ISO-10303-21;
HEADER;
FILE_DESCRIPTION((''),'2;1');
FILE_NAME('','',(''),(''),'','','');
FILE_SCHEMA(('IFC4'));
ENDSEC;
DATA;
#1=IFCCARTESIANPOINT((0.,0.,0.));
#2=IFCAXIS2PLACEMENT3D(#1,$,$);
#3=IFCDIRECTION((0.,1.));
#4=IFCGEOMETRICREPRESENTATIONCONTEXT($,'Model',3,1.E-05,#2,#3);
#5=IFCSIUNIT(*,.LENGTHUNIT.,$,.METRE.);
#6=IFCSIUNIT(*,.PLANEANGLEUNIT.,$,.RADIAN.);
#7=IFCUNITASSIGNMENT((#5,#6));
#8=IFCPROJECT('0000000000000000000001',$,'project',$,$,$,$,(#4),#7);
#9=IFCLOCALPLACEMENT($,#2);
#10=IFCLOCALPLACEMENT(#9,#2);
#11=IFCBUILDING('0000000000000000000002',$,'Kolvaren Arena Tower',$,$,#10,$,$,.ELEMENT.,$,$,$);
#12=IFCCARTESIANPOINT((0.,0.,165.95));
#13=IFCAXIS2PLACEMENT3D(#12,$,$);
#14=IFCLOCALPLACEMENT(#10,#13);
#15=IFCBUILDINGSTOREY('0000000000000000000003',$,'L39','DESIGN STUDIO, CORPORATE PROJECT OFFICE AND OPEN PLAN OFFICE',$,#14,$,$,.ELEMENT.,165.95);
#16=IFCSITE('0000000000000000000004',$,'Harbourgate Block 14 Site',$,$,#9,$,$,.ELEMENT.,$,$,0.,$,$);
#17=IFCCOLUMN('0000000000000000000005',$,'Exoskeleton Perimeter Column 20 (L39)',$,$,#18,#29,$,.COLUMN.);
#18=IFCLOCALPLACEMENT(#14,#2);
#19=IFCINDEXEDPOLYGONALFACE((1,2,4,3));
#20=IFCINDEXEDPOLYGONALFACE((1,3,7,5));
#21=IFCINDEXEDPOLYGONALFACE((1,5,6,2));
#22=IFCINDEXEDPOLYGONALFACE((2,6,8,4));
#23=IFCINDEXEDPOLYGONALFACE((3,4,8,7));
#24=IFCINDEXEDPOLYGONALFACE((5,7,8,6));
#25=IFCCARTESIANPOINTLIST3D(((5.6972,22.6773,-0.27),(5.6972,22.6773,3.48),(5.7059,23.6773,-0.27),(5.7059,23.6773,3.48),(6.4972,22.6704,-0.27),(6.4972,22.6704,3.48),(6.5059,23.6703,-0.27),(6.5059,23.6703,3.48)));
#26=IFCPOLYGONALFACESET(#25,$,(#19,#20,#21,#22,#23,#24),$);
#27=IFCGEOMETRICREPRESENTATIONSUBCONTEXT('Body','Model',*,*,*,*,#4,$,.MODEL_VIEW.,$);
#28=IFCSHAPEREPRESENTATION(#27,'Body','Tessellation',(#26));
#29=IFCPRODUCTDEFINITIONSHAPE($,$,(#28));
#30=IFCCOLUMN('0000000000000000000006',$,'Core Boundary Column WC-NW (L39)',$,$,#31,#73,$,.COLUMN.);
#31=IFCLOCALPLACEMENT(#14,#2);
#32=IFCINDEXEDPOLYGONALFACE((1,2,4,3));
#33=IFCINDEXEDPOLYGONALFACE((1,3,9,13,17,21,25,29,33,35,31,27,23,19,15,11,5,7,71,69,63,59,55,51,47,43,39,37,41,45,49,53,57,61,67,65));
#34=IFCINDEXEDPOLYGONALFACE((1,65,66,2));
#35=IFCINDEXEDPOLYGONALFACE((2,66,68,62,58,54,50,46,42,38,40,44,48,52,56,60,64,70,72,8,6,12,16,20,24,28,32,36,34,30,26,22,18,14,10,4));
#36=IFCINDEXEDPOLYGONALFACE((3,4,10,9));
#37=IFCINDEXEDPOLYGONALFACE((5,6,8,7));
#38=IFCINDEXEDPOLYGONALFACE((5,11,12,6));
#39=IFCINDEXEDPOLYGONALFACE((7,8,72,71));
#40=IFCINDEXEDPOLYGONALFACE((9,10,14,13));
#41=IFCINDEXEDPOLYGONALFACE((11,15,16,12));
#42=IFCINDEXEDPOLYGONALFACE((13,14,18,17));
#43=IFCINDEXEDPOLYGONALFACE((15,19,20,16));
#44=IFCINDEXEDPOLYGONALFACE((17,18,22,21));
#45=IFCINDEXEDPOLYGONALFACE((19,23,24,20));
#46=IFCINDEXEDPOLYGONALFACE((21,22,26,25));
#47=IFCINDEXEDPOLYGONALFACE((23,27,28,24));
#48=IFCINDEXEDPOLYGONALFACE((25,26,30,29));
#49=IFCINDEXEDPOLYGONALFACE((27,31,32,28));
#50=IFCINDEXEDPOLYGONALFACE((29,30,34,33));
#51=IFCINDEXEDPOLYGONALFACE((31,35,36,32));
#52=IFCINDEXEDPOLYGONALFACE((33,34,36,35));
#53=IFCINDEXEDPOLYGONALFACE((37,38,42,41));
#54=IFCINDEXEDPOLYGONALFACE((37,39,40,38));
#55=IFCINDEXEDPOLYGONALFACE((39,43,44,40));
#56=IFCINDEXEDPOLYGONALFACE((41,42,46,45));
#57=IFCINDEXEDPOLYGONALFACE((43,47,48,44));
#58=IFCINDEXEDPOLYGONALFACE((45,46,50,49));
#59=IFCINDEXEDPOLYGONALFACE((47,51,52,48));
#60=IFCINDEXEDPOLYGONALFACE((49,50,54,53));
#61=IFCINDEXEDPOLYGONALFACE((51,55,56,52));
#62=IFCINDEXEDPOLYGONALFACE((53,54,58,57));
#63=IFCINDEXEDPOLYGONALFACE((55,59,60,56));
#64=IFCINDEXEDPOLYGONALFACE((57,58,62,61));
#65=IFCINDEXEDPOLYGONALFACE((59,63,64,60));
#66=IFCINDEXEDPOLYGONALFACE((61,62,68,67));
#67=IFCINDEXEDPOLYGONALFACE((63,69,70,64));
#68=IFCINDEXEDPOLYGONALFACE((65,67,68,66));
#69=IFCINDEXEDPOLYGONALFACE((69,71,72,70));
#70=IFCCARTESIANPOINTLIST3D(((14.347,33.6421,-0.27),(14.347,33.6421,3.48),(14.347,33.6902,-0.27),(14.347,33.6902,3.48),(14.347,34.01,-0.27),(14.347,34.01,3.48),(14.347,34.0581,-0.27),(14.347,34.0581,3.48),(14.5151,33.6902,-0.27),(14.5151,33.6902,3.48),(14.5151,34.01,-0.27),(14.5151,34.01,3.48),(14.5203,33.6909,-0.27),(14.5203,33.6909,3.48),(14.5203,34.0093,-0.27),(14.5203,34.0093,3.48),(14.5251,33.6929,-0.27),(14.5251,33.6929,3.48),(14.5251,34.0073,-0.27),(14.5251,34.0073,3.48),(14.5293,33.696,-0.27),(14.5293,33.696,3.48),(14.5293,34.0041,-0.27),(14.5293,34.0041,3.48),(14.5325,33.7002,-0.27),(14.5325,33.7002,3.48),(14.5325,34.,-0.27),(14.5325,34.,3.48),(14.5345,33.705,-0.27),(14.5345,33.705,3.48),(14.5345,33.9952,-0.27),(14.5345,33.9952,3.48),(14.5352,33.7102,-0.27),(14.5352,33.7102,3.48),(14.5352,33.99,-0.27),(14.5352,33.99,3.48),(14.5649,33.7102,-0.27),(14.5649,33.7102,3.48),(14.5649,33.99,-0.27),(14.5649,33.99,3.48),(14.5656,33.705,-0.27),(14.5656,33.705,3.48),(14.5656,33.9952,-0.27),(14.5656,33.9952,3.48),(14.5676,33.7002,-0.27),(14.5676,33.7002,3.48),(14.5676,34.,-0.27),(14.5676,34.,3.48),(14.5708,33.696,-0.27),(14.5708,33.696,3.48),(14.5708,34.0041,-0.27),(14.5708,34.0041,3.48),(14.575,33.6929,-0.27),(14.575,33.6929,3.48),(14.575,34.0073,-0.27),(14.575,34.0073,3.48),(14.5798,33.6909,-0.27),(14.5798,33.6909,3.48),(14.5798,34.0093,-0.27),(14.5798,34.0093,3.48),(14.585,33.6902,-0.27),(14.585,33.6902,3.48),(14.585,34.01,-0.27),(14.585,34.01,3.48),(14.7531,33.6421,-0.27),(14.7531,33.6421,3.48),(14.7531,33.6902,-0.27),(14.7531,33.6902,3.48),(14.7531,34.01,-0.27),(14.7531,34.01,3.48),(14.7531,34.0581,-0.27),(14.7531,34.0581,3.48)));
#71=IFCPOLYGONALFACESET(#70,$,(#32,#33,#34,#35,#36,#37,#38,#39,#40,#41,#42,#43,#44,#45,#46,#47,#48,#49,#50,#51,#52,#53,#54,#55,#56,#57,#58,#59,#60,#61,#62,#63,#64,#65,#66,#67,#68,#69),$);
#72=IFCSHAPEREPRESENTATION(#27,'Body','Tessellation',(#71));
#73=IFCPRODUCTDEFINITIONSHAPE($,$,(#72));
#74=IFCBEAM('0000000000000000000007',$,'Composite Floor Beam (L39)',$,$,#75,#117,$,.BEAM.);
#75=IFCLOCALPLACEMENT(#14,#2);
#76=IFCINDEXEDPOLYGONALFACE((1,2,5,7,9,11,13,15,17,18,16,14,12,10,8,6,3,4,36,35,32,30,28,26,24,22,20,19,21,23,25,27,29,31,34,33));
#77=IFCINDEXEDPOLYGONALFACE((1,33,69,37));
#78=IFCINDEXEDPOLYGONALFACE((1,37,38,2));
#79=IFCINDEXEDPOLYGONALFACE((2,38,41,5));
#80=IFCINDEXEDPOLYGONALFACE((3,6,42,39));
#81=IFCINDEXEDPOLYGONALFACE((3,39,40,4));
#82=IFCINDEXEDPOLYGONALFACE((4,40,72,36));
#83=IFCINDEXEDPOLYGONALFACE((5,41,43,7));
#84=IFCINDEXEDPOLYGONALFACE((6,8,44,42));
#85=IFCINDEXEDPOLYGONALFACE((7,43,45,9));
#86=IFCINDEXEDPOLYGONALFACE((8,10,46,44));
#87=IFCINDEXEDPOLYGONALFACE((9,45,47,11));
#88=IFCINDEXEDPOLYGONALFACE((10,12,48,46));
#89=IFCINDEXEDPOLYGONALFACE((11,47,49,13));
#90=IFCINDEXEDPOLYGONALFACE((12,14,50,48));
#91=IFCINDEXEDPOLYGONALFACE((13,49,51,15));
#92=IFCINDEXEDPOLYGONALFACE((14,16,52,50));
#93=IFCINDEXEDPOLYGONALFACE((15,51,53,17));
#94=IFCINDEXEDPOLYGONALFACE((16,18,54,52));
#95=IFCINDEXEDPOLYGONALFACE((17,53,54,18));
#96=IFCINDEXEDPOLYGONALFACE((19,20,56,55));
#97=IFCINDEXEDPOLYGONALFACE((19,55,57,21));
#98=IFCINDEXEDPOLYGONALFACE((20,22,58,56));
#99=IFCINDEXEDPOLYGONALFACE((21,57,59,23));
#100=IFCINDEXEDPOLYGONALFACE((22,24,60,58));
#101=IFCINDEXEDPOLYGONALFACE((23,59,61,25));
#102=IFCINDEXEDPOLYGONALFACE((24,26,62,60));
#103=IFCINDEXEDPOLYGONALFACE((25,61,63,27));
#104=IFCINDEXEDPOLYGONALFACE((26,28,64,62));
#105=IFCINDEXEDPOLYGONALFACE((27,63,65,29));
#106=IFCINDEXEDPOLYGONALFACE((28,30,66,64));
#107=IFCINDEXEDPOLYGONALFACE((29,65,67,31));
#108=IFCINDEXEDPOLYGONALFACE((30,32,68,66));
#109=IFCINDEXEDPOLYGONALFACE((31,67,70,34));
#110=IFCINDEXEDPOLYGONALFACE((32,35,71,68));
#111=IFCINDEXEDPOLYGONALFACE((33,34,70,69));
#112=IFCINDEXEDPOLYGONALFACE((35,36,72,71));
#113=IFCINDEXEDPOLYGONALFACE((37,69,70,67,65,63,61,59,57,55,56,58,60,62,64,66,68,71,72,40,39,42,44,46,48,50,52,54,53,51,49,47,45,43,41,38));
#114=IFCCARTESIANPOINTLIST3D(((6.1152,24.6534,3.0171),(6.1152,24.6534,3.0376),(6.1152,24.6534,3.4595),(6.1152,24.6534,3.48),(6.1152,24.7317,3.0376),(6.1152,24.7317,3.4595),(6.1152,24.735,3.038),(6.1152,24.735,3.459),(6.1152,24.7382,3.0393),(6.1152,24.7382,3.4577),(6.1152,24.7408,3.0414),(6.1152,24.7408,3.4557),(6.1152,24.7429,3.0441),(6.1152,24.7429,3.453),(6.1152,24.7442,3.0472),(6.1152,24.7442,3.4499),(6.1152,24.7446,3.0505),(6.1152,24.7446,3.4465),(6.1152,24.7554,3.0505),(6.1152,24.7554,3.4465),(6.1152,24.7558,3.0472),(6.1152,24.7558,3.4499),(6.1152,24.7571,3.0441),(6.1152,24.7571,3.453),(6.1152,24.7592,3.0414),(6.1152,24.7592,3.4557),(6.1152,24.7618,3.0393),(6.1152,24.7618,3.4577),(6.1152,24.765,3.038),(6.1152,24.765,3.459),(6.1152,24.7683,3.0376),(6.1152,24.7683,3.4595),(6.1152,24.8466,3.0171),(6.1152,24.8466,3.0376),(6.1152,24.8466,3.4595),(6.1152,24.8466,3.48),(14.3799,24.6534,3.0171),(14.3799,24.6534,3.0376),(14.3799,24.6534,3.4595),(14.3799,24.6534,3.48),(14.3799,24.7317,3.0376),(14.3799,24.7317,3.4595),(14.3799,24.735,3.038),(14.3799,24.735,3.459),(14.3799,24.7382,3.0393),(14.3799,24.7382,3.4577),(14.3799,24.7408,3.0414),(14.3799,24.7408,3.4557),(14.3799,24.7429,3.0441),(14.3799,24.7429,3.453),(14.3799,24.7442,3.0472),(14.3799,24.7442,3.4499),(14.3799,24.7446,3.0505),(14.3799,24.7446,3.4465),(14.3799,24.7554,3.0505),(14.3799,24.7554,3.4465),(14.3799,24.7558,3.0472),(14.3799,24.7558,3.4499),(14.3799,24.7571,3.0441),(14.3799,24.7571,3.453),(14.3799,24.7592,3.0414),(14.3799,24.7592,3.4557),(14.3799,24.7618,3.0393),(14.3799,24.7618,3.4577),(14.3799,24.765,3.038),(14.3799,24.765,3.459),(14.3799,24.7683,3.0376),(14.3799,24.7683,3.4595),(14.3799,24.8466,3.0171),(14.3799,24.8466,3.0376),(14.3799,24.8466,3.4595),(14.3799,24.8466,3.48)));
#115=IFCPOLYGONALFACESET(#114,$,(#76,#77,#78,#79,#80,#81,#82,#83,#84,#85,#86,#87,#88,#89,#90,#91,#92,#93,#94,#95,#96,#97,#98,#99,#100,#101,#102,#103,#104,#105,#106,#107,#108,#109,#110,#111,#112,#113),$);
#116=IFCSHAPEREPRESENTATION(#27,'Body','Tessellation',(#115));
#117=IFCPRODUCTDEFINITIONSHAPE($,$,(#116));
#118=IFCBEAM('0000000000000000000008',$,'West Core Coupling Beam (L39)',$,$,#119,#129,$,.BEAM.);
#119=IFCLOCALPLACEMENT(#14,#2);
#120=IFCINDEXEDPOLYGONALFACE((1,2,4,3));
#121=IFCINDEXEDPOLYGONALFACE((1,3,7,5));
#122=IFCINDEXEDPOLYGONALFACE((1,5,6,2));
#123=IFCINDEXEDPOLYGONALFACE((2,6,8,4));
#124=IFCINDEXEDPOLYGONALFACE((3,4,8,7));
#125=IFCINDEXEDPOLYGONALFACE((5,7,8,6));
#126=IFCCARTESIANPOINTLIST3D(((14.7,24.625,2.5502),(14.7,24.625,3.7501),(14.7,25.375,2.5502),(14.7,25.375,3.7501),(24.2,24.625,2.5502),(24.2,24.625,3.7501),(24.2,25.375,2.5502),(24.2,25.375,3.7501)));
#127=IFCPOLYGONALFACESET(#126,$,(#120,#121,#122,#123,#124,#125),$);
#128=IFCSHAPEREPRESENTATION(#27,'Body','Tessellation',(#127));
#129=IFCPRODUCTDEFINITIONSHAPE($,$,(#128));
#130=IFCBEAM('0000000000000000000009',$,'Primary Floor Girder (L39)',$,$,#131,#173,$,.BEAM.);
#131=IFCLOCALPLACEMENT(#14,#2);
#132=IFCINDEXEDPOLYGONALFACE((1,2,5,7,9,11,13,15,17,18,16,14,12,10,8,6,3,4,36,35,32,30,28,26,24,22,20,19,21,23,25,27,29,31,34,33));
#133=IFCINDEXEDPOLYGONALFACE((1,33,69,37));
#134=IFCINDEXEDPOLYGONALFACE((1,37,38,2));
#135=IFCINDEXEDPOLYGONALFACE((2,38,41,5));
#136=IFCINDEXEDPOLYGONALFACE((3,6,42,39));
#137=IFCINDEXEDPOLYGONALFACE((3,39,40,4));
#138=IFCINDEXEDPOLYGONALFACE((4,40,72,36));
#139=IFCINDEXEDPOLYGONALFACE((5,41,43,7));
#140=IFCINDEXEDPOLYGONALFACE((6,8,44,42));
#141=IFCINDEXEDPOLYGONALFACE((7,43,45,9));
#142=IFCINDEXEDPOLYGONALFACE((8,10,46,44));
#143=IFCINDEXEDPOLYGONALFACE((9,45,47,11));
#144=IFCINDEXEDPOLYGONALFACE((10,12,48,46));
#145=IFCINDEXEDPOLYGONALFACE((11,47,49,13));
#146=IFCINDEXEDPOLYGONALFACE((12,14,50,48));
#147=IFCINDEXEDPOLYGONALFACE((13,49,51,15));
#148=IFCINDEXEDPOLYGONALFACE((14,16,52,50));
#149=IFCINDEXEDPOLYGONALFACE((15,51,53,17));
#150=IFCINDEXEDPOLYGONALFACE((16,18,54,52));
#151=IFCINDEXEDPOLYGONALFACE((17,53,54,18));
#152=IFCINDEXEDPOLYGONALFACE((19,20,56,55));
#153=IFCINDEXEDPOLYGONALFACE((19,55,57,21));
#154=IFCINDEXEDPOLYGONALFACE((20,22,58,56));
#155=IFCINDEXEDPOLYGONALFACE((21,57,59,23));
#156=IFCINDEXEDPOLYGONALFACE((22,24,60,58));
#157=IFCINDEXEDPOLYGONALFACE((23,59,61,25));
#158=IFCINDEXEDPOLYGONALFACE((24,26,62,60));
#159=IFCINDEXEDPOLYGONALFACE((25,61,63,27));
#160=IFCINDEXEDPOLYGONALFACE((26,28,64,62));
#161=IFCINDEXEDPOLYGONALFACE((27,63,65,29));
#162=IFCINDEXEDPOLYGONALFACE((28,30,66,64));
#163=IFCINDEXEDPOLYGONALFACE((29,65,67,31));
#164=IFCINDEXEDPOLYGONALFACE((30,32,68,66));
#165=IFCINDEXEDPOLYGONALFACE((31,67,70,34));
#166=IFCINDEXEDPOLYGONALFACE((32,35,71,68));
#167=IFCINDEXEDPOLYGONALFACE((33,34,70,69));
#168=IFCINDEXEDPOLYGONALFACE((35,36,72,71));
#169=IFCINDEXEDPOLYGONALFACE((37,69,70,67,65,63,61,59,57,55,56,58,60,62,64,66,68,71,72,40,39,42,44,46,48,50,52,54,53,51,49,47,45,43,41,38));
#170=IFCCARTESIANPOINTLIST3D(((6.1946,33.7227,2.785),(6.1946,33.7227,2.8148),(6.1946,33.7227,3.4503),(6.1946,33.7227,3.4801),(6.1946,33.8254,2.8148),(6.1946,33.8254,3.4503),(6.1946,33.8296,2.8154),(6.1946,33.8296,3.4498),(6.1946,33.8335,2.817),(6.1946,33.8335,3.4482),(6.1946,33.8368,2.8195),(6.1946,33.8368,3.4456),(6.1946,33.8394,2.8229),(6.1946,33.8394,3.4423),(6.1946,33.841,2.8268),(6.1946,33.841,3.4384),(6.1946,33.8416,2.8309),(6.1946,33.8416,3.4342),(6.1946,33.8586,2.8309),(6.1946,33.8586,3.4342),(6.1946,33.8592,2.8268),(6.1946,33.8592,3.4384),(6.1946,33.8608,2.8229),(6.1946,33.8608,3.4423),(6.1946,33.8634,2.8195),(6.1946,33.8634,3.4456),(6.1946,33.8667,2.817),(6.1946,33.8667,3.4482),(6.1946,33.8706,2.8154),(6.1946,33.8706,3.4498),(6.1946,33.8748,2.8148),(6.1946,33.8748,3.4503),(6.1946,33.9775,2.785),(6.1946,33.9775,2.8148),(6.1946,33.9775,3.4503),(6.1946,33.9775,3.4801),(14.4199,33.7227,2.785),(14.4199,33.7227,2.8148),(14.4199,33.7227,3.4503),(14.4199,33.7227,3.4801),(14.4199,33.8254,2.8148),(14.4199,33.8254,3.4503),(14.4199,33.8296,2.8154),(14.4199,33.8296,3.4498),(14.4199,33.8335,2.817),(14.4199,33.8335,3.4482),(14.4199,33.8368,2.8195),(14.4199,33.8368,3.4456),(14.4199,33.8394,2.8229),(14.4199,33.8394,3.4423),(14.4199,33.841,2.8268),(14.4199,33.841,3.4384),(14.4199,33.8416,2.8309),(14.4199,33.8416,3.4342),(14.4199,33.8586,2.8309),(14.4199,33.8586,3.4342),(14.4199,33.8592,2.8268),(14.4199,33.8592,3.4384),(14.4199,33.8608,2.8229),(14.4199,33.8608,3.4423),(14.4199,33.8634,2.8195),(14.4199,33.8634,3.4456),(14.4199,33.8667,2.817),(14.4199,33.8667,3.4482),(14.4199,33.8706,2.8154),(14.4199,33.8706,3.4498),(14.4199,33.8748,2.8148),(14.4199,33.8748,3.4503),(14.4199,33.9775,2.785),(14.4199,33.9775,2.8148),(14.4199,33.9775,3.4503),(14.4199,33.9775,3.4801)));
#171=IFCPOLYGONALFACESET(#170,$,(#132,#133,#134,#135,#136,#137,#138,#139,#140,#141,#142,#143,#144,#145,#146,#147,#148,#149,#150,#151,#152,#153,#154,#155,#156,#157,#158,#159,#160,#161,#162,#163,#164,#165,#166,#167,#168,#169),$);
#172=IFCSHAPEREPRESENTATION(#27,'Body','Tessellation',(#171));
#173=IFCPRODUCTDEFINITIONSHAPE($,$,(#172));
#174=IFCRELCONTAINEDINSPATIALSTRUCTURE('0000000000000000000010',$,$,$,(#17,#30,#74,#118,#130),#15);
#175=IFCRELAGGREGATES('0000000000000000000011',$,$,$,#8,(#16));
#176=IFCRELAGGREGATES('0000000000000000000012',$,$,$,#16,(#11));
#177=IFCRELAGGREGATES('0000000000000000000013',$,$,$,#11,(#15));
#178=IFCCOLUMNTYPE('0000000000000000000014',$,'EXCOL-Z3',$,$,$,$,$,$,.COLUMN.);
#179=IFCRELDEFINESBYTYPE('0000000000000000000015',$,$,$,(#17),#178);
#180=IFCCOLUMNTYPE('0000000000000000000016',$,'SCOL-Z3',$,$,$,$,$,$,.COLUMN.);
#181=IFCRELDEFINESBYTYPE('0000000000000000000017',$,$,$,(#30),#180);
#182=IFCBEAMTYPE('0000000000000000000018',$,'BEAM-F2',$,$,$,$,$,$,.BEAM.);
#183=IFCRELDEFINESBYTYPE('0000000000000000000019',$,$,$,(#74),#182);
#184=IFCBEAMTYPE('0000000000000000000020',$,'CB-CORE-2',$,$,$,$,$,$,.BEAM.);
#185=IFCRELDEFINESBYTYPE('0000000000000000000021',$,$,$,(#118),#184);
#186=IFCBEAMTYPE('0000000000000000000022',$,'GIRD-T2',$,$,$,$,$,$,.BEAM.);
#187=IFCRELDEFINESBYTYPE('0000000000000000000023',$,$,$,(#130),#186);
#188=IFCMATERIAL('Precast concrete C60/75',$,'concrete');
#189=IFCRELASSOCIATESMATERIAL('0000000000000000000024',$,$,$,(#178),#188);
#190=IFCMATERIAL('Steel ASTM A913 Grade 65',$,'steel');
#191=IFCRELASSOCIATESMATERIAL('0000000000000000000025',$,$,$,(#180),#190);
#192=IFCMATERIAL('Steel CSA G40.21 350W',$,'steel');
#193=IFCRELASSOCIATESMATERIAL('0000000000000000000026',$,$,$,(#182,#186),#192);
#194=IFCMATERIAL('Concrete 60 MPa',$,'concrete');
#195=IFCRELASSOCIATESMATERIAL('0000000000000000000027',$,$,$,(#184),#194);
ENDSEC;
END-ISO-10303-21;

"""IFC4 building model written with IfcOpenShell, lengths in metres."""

from ifc_helpers import new_model, si_unit, direction, frame, origin, origin_2d, place, context, subcontext, project, spatial, rectangle, i_section, extrude, material, material_profile, profile_set, type_object, element, save


model = new_model("IFC4")

# Units and contexts
model_context = context("Model", 3, precision=1e-05, world=origin(), true_north=direction((0.0, 1.0)))
body_context = subcontext(model_context, "Body", "Model", "MODEL_VIEW")
ifc_project = project(units=[si_unit("LENGTHUNIT", "METRE"), si_unit("PLANEANGLEUNIT", "RADIAN")], contexts=[model_context])

# Site, building, storey
site_placement = place(None, origin())
site = spatial("IfcSite", under=ifc_project, at=site_placement, Name="Harbourgate Block 14 Site", CompositionType="ELEMENT", RefElevation=0.0)
building_placement = place(site_placement, origin())
building = spatial("IfcBuilding", under=site, at=building_placement, Name="Kolvaren Arena Tower", CompositionType="ELEMENT")
storey_placement = place(building_placement, frame((0.0, 0.0, 165.95)))
storey = spatial("IfcBuildingStorey", under=building, at=storey_placement, Name="L39", Description="DESIGN STUDIO, CORPORATE PROJECT OFFICE AND OPEN PLAN OFFICE", CompositionType="ELEMENT", Elevation=165.95)

# Columns
ifc_material_1 = material(Name="Precast concrete C60/75", Category="concrete")
ifc_material_profile_1 = material_profile(ifc_material_1, rectangle(XDim=1.0, YDim=0.8, at=origin_2d()), Name="RC-1000x800")
ifc_profile_set_1 = profile_set([ifc_material_profile_1], Name="Precast concrete C60/75")
column_type_1 = type_object("IfcColumnType", Name="EXCOL-Z3", PredefinedType="COLUMN", material=ifc_profile_set_1)
column_1_placement = place(storey_placement, frame((6.1016, 23.1738, -0.27), z_axis=(0.0, 0.0, 1.0), x_axis=(0.008727, 0.999962, 0.0)))
element("IfcColumn", 1, at=column_1_placement, inside=storey, type_object=column_type_1, Name="Exoskeleton Perimeter Column 20 (L39)", PredefinedType="COLUMN", context=body_context, shape_type="SweptSolid", body=[
    extrude(rectangle(XDim=1.0, YDim=0.8, at=origin_2d()), origin(), (0.0, 0.0, 1.0), 3.75),
])
ifc_material_2 = material(Name="Steel ASTM A913 Grade 65", Category="steel")
ifc_material_profile_2 = material_profile(ifc_material_2, i_section(OverallWidth=0.406, OverallDepth=0.416, WebThickness=0.0298, FlangeThickness=0.0481, FilletRadius=0.02, at=origin_2d()), Name="W360x382")
ifc_profile_set_2 = profile_set([ifc_material_profile_2], Name="Steel ASTM A913 Grade 65")
column_type_2 = type_object("IfcColumnType", Name="SCOL-Z3", PredefinedType="COLUMN", material=ifc_profile_set_2)
column_2_placement = place(storey_placement, frame((14.55, 33.8501, -0.27), z_axis=(0.0, 0.0, 1.0), x_axis=(1.0, 0.0, 0.0)))
element("IfcColumn", 2, at=column_2_placement, inside=storey, type_object=column_type_2, Name="Core Boundary Column WC-NW (L39)", PredefinedType="COLUMN", context=body_context, shape_type="SweptSolid", body=[
    extrude(i_section(OverallWidth=0.406, OverallDepth=0.416, WebThickness=0.0298, FlangeThickness=0.0481, FilletRadius=0.02, at=origin_2d()), origin(), (0.0, 0.0, 1.0), 3.75),
])

# Beams
ifc_material_3 = material(Name="Steel CSA G40.21 350W", Category="steel")
ifc_material_profile_3 = material_profile(ifc_material_3, i_section(OverallWidth=0.1931, OverallDepth=0.4629, WebThickness=0.0107, FlangeThickness=0.0205, FilletRadius=0.0129, at=origin_2d()), Name="W460x113")
ifc_profile_set_3 = profile_set([ifc_material_profile_3], Name="Steel CSA G40.21 350W")
beam_type_1 = type_object("IfcBeamType", Name="BEAM-F2", PredefinedType="BEAM", material=ifc_profile_set_3)
beam_1_placement = place(storey_placement, frame((6.1152, 24.75, 3.2485), z_axis=(1.0, 0.0, 0.0), x_axis=(0.0, 1.0, 0.0)))
element("IfcBeam", 3, at=beam_1_placement, inside=storey, type_object=beam_type_1, Name="Composite Floor Beam (L39)", PredefinedType="BEAM", context=body_context, shape_type="SweptSolid", body=[
    extrude(i_section(OverallWidth=0.1931, OverallDepth=0.4629, WebThickness=0.0107, FlangeThickness=0.0205, FilletRadius=0.0129, at=origin_2d()), origin(), (0.0, 0.0, 1.0), 8.2646),
])
ifc_material_4 = material(Name="Concrete 60 MPa", Category="concrete")
ifc_material_profile_4 = material_profile(ifc_material_4, rectangle(XDim=0.75, YDim=1.2, at=origin_2d()), Name="RC-750x1200")
ifc_profile_set_4 = profile_set([ifc_material_profile_4], Name="Concrete 60 MPa")
beam_type_2 = type_object("IfcBeamType", Name="CB-CORE-2", PredefinedType="BEAM", material=ifc_profile_set_4)
beam_2_placement = place(storey_placement, frame((14.7, 25.0, 3.1501), z_axis=(1.0, 0.0, 0.0), x_axis=(0.0, 1.0, 0.0)))
element("IfcBeam", 4, at=beam_2_placement, inside=storey, type_object=beam_type_2, Name="West Core Coupling Beam (L39)", PredefinedType="BEAM", context=body_context, shape_type="SweptSolid", body=[
    extrude(rectangle(XDim=0.75, YDim=1.2, at=origin_2d()), origin(), (0.0, 0.0, 1.0), 9.5),
])
ifc_material_profile_5 = material_profile(ifc_material_3, i_section(OverallWidth=0.2549, OverallDepth=0.6951, WebThickness=0.0171, FlangeThickness=0.0298, FilletRadius=0.0161, at=origin_2d()), Name="W690x217")
ifc_profile_set_5 = profile_set([ifc_material_profile_5], Name="Steel CSA G40.21 350W")
beam_type_3 = type_object("IfcBeamType", Name="GIRD-T2", PredefinedType="BEAM", material=ifc_profile_set_5)
beam_3_placement = place(storey_placement, frame((6.1946, 33.8501, 3.1326), z_axis=(1.0, 0.0, 0.0), x_axis=(0.0, 1.0, 0.0)))
element("IfcBeam", 5, at=beam_3_placement, inside=storey, type_object=beam_type_3, Name="Primary Floor Girder (L39)", PredefinedType="BEAM", context=body_context, shape_type="SweptSolid", body=[
    extrude(i_section(OverallWidth=0.2549, OverallDepth=0.6951, WebThickness=0.0171, FlangeThickness=0.0298, FilletRadius=0.0161, at=origin_2d()), origin(), (0.0, 0.0, 1.0), 8.2253),
])

save(model, "model.ifc")
